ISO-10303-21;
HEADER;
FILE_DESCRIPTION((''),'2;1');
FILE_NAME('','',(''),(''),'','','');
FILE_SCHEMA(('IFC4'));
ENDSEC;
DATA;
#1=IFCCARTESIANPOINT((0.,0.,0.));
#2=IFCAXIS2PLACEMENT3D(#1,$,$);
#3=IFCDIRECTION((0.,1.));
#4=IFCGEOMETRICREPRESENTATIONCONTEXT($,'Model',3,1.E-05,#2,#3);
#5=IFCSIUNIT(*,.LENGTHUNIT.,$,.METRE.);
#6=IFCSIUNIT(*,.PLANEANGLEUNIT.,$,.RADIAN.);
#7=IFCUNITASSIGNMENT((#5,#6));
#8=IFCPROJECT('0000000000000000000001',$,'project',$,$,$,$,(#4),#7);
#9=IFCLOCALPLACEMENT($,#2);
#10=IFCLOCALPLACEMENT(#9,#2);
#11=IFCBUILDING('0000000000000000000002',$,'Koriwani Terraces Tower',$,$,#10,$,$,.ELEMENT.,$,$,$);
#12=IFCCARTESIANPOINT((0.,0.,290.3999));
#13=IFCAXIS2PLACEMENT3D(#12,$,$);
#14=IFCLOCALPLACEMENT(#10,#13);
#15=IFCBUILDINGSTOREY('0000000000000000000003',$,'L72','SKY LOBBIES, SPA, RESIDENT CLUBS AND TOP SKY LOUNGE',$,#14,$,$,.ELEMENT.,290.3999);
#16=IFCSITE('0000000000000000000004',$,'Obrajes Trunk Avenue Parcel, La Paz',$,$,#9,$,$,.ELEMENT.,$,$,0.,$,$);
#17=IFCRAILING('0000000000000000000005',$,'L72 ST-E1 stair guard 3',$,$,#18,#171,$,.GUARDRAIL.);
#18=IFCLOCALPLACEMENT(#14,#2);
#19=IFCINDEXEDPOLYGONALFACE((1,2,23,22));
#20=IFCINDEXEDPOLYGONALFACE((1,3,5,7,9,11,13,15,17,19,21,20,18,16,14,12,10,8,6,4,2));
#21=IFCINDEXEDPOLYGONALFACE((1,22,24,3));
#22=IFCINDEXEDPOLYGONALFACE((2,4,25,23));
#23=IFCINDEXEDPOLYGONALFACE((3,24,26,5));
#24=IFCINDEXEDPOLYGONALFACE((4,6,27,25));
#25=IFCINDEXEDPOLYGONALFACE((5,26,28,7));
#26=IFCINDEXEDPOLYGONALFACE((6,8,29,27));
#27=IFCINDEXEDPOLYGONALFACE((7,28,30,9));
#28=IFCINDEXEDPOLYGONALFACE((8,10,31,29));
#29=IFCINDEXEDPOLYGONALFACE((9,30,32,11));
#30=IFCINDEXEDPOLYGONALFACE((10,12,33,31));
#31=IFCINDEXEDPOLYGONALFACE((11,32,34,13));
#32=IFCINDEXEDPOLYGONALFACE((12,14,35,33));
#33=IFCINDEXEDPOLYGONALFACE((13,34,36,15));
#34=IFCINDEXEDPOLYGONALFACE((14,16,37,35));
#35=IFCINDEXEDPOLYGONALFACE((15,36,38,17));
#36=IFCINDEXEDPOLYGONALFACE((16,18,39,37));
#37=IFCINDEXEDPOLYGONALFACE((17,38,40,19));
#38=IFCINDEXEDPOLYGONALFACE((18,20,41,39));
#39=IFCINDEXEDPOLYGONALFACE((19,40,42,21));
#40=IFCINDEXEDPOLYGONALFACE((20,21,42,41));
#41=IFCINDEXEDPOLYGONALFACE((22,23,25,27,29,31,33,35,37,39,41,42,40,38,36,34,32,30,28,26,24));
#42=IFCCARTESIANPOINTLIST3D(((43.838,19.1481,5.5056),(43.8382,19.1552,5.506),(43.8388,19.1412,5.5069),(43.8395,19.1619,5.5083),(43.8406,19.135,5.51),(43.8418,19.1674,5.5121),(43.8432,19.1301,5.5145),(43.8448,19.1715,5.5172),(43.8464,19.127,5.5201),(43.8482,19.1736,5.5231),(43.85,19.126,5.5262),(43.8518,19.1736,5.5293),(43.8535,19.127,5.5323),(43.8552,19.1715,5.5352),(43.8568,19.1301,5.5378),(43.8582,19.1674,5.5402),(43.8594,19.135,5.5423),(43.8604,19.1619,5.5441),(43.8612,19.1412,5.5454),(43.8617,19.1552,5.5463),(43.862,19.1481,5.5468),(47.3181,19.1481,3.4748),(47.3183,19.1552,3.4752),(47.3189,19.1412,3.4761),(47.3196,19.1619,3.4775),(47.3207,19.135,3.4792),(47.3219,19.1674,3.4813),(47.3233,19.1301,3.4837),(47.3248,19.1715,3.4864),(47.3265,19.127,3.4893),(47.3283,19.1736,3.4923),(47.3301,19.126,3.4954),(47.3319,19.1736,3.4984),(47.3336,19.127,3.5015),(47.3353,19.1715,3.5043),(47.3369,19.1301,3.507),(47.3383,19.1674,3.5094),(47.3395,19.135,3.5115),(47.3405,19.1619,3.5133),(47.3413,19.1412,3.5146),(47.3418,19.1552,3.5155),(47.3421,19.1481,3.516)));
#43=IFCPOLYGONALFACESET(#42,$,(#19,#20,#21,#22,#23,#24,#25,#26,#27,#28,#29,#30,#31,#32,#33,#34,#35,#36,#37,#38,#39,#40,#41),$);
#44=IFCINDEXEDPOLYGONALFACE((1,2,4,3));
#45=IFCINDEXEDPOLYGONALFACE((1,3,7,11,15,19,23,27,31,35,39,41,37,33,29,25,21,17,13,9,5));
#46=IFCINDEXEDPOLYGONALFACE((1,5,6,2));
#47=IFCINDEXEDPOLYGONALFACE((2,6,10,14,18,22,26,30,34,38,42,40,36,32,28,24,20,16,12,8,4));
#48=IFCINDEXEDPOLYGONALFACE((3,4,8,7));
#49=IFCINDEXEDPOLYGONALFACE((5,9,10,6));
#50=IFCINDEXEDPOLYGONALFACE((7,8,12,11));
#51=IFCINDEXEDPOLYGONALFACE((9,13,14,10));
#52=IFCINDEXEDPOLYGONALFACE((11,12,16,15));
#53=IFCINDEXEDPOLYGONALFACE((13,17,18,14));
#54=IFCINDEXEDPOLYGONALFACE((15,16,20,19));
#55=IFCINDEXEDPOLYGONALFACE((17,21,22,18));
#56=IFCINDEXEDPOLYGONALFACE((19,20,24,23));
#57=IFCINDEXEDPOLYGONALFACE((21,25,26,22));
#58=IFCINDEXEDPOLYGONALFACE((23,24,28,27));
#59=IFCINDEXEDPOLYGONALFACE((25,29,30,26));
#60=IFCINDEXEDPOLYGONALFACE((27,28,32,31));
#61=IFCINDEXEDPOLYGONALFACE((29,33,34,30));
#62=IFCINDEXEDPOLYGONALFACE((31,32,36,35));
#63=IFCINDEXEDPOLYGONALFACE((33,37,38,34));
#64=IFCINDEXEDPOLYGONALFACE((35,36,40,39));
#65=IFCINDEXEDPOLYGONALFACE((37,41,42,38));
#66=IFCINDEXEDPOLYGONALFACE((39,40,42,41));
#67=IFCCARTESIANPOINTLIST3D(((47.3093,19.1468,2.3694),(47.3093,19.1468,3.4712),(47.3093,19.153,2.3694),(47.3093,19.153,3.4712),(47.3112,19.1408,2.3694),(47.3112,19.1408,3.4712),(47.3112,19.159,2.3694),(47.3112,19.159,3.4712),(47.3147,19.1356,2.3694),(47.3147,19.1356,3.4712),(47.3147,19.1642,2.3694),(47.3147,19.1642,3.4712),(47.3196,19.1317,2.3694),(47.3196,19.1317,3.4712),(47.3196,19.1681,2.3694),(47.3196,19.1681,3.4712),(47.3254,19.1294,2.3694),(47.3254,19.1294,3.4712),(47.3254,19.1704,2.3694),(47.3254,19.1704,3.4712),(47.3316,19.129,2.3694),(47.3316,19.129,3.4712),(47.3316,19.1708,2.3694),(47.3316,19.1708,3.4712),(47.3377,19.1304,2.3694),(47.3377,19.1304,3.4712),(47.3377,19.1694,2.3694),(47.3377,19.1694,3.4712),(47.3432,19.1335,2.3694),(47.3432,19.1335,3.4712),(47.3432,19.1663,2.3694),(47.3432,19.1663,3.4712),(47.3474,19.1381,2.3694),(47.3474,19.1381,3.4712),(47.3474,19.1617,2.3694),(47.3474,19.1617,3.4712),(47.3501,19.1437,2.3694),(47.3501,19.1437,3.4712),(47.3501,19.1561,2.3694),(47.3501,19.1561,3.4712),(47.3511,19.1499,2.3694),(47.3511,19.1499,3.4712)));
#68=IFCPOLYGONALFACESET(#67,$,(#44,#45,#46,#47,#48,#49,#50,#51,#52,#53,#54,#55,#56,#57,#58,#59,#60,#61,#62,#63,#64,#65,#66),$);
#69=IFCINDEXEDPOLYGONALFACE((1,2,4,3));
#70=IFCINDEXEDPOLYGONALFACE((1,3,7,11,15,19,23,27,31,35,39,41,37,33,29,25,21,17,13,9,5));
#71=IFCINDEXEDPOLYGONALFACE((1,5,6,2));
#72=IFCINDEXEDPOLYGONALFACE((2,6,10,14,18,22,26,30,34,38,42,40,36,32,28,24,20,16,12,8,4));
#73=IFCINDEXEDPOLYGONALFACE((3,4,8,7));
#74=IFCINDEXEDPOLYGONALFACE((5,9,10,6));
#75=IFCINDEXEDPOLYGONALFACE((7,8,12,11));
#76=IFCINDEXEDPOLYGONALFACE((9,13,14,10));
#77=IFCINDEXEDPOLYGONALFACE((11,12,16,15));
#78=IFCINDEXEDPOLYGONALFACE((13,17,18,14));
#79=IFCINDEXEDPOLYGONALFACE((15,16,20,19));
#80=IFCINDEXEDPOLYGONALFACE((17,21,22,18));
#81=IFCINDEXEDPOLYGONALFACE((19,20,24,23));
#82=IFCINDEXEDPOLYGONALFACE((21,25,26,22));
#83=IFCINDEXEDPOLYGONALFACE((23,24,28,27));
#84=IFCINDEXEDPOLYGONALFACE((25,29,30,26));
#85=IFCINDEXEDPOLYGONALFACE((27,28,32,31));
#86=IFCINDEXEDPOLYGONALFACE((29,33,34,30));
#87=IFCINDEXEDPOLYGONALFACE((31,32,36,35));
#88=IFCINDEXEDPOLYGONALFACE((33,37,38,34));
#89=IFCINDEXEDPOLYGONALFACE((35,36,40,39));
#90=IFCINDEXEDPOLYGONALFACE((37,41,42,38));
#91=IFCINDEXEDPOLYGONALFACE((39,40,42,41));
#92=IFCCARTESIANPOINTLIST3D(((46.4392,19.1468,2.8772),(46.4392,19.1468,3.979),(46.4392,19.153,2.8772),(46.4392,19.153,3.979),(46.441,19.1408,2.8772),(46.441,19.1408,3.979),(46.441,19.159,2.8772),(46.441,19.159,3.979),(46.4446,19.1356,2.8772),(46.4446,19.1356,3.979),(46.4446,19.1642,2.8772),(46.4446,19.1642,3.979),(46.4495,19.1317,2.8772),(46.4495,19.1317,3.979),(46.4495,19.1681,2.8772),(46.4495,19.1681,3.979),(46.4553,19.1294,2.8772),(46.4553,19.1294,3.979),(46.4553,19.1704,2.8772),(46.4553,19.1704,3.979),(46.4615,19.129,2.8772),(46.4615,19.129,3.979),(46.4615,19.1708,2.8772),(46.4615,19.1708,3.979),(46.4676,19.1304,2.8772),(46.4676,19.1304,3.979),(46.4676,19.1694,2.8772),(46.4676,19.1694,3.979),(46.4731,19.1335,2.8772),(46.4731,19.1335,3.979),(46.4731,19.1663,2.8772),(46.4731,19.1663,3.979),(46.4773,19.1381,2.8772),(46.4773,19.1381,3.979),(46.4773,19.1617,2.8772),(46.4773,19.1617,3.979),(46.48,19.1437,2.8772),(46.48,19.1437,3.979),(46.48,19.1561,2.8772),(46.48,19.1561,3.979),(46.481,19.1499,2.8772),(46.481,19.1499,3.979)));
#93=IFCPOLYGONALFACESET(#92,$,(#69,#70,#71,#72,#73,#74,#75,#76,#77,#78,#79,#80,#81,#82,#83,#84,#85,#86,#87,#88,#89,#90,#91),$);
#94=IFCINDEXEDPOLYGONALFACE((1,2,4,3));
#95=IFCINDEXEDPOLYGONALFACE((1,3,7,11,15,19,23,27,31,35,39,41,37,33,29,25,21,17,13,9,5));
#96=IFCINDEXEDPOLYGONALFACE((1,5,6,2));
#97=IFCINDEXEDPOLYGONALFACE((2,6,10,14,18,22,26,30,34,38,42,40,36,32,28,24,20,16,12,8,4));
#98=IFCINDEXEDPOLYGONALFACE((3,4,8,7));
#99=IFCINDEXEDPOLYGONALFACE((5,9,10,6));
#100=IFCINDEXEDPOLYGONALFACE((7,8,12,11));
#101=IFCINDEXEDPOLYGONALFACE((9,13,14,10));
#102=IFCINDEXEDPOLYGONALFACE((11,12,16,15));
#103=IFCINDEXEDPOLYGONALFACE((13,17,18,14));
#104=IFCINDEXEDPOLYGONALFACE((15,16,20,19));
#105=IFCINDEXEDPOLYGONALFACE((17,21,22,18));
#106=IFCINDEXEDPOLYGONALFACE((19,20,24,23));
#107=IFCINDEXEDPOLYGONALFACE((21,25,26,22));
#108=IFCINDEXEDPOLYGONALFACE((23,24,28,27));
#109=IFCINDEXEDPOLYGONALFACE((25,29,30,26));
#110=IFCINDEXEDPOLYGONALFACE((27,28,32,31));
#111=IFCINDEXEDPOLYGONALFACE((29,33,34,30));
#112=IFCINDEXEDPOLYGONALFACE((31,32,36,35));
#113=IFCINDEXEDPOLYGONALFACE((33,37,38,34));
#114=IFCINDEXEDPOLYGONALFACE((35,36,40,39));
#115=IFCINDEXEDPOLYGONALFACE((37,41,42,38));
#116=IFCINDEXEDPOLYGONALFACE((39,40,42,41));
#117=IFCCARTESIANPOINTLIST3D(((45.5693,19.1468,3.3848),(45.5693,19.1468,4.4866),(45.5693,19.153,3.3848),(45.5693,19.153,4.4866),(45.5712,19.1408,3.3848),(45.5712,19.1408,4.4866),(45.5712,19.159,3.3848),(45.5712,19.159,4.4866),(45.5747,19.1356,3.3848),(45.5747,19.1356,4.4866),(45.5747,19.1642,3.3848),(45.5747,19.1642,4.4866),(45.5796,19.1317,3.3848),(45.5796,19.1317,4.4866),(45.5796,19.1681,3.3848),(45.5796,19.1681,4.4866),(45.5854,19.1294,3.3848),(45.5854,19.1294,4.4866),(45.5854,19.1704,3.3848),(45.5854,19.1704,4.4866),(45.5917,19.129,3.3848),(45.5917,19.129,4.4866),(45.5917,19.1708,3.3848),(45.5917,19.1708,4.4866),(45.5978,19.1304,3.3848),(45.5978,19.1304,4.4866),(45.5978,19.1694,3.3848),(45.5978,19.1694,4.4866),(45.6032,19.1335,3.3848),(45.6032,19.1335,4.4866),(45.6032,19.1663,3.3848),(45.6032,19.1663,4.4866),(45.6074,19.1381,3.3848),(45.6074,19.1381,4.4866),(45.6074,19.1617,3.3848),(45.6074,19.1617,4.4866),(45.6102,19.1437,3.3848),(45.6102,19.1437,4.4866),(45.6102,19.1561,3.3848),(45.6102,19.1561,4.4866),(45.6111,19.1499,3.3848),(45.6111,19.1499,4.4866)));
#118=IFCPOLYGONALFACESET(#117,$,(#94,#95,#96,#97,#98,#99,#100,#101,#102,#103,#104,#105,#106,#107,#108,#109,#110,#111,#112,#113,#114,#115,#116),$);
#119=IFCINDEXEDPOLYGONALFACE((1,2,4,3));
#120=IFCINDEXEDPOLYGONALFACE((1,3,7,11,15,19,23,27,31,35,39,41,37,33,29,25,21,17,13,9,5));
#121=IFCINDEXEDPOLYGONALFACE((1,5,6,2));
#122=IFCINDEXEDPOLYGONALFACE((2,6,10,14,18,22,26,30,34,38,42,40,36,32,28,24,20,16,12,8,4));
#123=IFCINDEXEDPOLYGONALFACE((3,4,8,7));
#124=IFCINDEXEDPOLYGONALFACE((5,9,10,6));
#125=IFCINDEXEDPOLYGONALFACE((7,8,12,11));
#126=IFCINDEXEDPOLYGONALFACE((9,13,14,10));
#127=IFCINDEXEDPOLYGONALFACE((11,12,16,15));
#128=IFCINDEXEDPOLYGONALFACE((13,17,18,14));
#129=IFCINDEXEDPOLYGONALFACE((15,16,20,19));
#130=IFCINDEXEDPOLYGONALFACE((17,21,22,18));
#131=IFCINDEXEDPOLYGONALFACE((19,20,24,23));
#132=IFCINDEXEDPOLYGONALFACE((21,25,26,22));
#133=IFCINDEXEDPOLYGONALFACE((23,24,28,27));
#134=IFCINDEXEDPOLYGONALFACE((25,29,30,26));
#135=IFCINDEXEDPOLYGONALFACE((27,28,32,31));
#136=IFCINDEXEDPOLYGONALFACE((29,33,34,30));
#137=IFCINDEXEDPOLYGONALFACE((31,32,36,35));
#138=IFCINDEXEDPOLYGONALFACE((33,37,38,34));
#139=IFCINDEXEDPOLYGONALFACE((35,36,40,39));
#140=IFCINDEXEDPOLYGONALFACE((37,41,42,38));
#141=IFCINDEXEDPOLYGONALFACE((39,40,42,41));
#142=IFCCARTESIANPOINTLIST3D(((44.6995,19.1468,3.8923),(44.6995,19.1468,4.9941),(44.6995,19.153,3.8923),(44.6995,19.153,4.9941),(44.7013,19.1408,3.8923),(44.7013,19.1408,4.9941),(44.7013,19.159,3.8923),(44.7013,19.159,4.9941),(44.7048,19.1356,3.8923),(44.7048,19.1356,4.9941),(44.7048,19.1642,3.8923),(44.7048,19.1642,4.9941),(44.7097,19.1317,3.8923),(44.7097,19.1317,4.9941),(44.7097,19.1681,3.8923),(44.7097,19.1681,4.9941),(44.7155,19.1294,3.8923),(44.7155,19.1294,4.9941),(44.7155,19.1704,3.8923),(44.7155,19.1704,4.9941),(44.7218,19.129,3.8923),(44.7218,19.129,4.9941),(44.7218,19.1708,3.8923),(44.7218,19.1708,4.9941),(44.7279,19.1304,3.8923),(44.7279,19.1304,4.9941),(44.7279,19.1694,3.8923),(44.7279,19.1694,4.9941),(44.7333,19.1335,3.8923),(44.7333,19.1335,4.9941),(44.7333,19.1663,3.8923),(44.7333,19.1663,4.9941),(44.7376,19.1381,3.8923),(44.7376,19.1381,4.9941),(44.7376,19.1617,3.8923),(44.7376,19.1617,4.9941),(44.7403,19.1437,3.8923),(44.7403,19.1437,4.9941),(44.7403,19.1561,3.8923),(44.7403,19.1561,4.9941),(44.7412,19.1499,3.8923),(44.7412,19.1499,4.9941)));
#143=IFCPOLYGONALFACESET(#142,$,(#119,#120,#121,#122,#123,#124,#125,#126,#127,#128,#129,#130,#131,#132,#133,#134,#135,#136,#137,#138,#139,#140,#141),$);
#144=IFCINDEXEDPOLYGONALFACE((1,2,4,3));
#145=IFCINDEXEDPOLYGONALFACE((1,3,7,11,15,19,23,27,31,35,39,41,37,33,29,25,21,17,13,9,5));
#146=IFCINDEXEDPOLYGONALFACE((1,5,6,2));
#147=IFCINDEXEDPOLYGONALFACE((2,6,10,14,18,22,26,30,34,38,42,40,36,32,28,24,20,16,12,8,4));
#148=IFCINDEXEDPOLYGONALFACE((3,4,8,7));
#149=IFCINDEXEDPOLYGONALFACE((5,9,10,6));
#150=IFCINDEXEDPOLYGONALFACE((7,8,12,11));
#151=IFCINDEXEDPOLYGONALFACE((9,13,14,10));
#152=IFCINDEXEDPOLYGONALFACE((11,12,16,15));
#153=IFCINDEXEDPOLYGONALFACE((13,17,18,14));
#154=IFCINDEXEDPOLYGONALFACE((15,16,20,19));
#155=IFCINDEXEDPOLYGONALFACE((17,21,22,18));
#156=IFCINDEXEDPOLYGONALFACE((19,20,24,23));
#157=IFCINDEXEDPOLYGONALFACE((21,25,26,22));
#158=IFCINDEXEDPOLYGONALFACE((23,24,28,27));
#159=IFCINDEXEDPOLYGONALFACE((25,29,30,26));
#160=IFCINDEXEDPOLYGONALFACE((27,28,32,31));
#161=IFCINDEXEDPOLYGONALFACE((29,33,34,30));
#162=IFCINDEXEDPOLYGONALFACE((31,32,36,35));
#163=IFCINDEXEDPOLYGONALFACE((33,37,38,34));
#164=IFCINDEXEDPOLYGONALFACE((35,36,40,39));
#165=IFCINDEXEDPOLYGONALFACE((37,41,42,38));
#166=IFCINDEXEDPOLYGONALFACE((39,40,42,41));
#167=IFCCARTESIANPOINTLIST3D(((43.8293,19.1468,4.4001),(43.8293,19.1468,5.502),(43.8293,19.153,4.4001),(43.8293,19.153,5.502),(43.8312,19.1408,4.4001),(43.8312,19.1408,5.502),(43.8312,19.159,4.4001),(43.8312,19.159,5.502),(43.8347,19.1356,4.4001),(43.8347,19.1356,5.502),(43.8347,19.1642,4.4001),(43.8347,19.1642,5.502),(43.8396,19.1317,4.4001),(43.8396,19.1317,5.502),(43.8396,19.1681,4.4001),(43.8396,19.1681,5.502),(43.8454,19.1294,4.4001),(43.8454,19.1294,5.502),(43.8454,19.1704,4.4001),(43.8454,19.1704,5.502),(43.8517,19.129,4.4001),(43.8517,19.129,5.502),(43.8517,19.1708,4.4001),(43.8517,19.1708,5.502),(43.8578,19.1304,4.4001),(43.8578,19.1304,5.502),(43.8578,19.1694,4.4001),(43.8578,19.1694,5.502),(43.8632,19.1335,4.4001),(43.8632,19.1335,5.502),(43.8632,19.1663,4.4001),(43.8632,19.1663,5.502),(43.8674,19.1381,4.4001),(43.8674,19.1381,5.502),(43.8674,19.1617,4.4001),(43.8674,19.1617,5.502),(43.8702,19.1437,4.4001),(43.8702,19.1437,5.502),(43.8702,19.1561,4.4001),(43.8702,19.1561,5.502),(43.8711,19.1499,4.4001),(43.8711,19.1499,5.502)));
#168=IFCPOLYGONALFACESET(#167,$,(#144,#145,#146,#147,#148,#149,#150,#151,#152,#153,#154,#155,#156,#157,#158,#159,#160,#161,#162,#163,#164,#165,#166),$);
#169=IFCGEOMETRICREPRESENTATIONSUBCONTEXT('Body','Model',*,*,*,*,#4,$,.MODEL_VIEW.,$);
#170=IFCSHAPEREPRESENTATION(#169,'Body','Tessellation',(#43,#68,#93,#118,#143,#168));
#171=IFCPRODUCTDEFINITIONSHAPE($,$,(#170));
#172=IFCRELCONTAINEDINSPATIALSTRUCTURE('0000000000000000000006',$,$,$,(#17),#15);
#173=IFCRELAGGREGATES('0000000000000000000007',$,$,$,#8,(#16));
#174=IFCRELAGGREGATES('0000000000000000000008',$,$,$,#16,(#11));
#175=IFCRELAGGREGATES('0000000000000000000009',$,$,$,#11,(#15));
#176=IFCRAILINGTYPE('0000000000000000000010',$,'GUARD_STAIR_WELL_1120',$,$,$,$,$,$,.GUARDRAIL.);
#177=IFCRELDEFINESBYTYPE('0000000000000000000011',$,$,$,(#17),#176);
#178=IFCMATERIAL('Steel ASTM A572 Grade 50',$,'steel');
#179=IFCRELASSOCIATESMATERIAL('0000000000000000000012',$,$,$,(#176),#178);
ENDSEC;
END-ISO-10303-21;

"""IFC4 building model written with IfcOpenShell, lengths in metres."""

from ifc_helpers import new_model, si_unit, direction, frame, origin, origin_2d, place, context, subcontext, project, spatial, circle, extrude, material, type_object, element, save


model = new_model("IFC4")

# Units and contexts
model_context = context("Model", 3, precision=1e-05, world=origin(), true_north=direction((0.0, 1.0)))
body_context = subcontext(model_context, "Body", "Model", "MODEL_VIEW")
ifc_project = project(units=[si_unit("LENGTHUNIT", "METRE"), si_unit("PLANEANGLEUNIT", "RADIAN")], contexts=[model_context])

# Site, building, storey
site_placement = place(None, origin())
site = spatial("IfcSite", under=ifc_project, at=site_placement, Name="Obrajes Trunk Avenue Parcel, La Paz", CompositionType="ELEMENT", RefElevation=0.0)
building_placement = place(site_placement, origin())
building = spatial("IfcBuilding", under=site, at=building_placement, Name="Koriwani Terraces Tower", CompositionType="ELEMENT")
storey_placement = place(building_placement, frame((0.0, 0.0, 290.3999)))
storey = spatial("IfcBuildingStorey", under=building, at=storey_placement, Name="L72", Description="SKY LOBBIES, SPA, RESIDENT CLUBS AND TOP SKY LOUNGE", CompositionType="ELEMENT", Elevation=290.3999)

# Shared definitions
ifc_material_1 = material(Name="Steel ASTM A572 Grade 50", Category="steel")

# Railing
railing_type_1 = type_object("IfcRailingType", Name="GUARD_STAIR_WELL_1120", PredefinedType="GUARDRAIL", material=ifc_material_1)
railing_1_placement = place(storey_placement, frame((47.3301, 19.1499, 2.3694)))
element("IfcRailing", 1, at=railing_1_placement, inside=storey, type_object=railing_type_1, Name="L72 ST-E1 stair guard 3", PredefinedType="GUARDRAIL", context=body_context, shape_type="SweptSolid", body=[
    extrude(circle(Radius=0.0239, at=origin_2d()), frame((0.0, 0.0, 1.126), z_axis=(-0.863695, 0.0, 0.504014), x_axis=(0.0, -1.0, 0.0)), (0.0, 0.0, 1.0), 4.0293),
    extrude(circle(Radius=0.021, at=origin_2d()), origin(), (0.0, 0.0, 1.0), 1.1018),
    extrude(circle(Radius=0.021, at=origin_2d()), frame((-0.8701, 0.0, 0.5078)), (0.0, 0.0, 1.0), 1.1018),
    extrude(circle(Radius=0.021, at=origin_2d()), frame((-1.74, 0.0, 1.0154)), (0.0, 0.0, 1.0), 1.1018),
    extrude(circle(Radius=0.021, at=origin_2d()), frame((-2.6099, 0.0, 1.5229)), (0.0, 0.0, 1.0), 1.1018),
    extrude(circle(Radius=0.021, at=origin_2d()), frame((-3.48, 0.0, 2.0308)), (0.0, 0.0, 1.0), 1.1018),
])

save(model, "model.ifc")
